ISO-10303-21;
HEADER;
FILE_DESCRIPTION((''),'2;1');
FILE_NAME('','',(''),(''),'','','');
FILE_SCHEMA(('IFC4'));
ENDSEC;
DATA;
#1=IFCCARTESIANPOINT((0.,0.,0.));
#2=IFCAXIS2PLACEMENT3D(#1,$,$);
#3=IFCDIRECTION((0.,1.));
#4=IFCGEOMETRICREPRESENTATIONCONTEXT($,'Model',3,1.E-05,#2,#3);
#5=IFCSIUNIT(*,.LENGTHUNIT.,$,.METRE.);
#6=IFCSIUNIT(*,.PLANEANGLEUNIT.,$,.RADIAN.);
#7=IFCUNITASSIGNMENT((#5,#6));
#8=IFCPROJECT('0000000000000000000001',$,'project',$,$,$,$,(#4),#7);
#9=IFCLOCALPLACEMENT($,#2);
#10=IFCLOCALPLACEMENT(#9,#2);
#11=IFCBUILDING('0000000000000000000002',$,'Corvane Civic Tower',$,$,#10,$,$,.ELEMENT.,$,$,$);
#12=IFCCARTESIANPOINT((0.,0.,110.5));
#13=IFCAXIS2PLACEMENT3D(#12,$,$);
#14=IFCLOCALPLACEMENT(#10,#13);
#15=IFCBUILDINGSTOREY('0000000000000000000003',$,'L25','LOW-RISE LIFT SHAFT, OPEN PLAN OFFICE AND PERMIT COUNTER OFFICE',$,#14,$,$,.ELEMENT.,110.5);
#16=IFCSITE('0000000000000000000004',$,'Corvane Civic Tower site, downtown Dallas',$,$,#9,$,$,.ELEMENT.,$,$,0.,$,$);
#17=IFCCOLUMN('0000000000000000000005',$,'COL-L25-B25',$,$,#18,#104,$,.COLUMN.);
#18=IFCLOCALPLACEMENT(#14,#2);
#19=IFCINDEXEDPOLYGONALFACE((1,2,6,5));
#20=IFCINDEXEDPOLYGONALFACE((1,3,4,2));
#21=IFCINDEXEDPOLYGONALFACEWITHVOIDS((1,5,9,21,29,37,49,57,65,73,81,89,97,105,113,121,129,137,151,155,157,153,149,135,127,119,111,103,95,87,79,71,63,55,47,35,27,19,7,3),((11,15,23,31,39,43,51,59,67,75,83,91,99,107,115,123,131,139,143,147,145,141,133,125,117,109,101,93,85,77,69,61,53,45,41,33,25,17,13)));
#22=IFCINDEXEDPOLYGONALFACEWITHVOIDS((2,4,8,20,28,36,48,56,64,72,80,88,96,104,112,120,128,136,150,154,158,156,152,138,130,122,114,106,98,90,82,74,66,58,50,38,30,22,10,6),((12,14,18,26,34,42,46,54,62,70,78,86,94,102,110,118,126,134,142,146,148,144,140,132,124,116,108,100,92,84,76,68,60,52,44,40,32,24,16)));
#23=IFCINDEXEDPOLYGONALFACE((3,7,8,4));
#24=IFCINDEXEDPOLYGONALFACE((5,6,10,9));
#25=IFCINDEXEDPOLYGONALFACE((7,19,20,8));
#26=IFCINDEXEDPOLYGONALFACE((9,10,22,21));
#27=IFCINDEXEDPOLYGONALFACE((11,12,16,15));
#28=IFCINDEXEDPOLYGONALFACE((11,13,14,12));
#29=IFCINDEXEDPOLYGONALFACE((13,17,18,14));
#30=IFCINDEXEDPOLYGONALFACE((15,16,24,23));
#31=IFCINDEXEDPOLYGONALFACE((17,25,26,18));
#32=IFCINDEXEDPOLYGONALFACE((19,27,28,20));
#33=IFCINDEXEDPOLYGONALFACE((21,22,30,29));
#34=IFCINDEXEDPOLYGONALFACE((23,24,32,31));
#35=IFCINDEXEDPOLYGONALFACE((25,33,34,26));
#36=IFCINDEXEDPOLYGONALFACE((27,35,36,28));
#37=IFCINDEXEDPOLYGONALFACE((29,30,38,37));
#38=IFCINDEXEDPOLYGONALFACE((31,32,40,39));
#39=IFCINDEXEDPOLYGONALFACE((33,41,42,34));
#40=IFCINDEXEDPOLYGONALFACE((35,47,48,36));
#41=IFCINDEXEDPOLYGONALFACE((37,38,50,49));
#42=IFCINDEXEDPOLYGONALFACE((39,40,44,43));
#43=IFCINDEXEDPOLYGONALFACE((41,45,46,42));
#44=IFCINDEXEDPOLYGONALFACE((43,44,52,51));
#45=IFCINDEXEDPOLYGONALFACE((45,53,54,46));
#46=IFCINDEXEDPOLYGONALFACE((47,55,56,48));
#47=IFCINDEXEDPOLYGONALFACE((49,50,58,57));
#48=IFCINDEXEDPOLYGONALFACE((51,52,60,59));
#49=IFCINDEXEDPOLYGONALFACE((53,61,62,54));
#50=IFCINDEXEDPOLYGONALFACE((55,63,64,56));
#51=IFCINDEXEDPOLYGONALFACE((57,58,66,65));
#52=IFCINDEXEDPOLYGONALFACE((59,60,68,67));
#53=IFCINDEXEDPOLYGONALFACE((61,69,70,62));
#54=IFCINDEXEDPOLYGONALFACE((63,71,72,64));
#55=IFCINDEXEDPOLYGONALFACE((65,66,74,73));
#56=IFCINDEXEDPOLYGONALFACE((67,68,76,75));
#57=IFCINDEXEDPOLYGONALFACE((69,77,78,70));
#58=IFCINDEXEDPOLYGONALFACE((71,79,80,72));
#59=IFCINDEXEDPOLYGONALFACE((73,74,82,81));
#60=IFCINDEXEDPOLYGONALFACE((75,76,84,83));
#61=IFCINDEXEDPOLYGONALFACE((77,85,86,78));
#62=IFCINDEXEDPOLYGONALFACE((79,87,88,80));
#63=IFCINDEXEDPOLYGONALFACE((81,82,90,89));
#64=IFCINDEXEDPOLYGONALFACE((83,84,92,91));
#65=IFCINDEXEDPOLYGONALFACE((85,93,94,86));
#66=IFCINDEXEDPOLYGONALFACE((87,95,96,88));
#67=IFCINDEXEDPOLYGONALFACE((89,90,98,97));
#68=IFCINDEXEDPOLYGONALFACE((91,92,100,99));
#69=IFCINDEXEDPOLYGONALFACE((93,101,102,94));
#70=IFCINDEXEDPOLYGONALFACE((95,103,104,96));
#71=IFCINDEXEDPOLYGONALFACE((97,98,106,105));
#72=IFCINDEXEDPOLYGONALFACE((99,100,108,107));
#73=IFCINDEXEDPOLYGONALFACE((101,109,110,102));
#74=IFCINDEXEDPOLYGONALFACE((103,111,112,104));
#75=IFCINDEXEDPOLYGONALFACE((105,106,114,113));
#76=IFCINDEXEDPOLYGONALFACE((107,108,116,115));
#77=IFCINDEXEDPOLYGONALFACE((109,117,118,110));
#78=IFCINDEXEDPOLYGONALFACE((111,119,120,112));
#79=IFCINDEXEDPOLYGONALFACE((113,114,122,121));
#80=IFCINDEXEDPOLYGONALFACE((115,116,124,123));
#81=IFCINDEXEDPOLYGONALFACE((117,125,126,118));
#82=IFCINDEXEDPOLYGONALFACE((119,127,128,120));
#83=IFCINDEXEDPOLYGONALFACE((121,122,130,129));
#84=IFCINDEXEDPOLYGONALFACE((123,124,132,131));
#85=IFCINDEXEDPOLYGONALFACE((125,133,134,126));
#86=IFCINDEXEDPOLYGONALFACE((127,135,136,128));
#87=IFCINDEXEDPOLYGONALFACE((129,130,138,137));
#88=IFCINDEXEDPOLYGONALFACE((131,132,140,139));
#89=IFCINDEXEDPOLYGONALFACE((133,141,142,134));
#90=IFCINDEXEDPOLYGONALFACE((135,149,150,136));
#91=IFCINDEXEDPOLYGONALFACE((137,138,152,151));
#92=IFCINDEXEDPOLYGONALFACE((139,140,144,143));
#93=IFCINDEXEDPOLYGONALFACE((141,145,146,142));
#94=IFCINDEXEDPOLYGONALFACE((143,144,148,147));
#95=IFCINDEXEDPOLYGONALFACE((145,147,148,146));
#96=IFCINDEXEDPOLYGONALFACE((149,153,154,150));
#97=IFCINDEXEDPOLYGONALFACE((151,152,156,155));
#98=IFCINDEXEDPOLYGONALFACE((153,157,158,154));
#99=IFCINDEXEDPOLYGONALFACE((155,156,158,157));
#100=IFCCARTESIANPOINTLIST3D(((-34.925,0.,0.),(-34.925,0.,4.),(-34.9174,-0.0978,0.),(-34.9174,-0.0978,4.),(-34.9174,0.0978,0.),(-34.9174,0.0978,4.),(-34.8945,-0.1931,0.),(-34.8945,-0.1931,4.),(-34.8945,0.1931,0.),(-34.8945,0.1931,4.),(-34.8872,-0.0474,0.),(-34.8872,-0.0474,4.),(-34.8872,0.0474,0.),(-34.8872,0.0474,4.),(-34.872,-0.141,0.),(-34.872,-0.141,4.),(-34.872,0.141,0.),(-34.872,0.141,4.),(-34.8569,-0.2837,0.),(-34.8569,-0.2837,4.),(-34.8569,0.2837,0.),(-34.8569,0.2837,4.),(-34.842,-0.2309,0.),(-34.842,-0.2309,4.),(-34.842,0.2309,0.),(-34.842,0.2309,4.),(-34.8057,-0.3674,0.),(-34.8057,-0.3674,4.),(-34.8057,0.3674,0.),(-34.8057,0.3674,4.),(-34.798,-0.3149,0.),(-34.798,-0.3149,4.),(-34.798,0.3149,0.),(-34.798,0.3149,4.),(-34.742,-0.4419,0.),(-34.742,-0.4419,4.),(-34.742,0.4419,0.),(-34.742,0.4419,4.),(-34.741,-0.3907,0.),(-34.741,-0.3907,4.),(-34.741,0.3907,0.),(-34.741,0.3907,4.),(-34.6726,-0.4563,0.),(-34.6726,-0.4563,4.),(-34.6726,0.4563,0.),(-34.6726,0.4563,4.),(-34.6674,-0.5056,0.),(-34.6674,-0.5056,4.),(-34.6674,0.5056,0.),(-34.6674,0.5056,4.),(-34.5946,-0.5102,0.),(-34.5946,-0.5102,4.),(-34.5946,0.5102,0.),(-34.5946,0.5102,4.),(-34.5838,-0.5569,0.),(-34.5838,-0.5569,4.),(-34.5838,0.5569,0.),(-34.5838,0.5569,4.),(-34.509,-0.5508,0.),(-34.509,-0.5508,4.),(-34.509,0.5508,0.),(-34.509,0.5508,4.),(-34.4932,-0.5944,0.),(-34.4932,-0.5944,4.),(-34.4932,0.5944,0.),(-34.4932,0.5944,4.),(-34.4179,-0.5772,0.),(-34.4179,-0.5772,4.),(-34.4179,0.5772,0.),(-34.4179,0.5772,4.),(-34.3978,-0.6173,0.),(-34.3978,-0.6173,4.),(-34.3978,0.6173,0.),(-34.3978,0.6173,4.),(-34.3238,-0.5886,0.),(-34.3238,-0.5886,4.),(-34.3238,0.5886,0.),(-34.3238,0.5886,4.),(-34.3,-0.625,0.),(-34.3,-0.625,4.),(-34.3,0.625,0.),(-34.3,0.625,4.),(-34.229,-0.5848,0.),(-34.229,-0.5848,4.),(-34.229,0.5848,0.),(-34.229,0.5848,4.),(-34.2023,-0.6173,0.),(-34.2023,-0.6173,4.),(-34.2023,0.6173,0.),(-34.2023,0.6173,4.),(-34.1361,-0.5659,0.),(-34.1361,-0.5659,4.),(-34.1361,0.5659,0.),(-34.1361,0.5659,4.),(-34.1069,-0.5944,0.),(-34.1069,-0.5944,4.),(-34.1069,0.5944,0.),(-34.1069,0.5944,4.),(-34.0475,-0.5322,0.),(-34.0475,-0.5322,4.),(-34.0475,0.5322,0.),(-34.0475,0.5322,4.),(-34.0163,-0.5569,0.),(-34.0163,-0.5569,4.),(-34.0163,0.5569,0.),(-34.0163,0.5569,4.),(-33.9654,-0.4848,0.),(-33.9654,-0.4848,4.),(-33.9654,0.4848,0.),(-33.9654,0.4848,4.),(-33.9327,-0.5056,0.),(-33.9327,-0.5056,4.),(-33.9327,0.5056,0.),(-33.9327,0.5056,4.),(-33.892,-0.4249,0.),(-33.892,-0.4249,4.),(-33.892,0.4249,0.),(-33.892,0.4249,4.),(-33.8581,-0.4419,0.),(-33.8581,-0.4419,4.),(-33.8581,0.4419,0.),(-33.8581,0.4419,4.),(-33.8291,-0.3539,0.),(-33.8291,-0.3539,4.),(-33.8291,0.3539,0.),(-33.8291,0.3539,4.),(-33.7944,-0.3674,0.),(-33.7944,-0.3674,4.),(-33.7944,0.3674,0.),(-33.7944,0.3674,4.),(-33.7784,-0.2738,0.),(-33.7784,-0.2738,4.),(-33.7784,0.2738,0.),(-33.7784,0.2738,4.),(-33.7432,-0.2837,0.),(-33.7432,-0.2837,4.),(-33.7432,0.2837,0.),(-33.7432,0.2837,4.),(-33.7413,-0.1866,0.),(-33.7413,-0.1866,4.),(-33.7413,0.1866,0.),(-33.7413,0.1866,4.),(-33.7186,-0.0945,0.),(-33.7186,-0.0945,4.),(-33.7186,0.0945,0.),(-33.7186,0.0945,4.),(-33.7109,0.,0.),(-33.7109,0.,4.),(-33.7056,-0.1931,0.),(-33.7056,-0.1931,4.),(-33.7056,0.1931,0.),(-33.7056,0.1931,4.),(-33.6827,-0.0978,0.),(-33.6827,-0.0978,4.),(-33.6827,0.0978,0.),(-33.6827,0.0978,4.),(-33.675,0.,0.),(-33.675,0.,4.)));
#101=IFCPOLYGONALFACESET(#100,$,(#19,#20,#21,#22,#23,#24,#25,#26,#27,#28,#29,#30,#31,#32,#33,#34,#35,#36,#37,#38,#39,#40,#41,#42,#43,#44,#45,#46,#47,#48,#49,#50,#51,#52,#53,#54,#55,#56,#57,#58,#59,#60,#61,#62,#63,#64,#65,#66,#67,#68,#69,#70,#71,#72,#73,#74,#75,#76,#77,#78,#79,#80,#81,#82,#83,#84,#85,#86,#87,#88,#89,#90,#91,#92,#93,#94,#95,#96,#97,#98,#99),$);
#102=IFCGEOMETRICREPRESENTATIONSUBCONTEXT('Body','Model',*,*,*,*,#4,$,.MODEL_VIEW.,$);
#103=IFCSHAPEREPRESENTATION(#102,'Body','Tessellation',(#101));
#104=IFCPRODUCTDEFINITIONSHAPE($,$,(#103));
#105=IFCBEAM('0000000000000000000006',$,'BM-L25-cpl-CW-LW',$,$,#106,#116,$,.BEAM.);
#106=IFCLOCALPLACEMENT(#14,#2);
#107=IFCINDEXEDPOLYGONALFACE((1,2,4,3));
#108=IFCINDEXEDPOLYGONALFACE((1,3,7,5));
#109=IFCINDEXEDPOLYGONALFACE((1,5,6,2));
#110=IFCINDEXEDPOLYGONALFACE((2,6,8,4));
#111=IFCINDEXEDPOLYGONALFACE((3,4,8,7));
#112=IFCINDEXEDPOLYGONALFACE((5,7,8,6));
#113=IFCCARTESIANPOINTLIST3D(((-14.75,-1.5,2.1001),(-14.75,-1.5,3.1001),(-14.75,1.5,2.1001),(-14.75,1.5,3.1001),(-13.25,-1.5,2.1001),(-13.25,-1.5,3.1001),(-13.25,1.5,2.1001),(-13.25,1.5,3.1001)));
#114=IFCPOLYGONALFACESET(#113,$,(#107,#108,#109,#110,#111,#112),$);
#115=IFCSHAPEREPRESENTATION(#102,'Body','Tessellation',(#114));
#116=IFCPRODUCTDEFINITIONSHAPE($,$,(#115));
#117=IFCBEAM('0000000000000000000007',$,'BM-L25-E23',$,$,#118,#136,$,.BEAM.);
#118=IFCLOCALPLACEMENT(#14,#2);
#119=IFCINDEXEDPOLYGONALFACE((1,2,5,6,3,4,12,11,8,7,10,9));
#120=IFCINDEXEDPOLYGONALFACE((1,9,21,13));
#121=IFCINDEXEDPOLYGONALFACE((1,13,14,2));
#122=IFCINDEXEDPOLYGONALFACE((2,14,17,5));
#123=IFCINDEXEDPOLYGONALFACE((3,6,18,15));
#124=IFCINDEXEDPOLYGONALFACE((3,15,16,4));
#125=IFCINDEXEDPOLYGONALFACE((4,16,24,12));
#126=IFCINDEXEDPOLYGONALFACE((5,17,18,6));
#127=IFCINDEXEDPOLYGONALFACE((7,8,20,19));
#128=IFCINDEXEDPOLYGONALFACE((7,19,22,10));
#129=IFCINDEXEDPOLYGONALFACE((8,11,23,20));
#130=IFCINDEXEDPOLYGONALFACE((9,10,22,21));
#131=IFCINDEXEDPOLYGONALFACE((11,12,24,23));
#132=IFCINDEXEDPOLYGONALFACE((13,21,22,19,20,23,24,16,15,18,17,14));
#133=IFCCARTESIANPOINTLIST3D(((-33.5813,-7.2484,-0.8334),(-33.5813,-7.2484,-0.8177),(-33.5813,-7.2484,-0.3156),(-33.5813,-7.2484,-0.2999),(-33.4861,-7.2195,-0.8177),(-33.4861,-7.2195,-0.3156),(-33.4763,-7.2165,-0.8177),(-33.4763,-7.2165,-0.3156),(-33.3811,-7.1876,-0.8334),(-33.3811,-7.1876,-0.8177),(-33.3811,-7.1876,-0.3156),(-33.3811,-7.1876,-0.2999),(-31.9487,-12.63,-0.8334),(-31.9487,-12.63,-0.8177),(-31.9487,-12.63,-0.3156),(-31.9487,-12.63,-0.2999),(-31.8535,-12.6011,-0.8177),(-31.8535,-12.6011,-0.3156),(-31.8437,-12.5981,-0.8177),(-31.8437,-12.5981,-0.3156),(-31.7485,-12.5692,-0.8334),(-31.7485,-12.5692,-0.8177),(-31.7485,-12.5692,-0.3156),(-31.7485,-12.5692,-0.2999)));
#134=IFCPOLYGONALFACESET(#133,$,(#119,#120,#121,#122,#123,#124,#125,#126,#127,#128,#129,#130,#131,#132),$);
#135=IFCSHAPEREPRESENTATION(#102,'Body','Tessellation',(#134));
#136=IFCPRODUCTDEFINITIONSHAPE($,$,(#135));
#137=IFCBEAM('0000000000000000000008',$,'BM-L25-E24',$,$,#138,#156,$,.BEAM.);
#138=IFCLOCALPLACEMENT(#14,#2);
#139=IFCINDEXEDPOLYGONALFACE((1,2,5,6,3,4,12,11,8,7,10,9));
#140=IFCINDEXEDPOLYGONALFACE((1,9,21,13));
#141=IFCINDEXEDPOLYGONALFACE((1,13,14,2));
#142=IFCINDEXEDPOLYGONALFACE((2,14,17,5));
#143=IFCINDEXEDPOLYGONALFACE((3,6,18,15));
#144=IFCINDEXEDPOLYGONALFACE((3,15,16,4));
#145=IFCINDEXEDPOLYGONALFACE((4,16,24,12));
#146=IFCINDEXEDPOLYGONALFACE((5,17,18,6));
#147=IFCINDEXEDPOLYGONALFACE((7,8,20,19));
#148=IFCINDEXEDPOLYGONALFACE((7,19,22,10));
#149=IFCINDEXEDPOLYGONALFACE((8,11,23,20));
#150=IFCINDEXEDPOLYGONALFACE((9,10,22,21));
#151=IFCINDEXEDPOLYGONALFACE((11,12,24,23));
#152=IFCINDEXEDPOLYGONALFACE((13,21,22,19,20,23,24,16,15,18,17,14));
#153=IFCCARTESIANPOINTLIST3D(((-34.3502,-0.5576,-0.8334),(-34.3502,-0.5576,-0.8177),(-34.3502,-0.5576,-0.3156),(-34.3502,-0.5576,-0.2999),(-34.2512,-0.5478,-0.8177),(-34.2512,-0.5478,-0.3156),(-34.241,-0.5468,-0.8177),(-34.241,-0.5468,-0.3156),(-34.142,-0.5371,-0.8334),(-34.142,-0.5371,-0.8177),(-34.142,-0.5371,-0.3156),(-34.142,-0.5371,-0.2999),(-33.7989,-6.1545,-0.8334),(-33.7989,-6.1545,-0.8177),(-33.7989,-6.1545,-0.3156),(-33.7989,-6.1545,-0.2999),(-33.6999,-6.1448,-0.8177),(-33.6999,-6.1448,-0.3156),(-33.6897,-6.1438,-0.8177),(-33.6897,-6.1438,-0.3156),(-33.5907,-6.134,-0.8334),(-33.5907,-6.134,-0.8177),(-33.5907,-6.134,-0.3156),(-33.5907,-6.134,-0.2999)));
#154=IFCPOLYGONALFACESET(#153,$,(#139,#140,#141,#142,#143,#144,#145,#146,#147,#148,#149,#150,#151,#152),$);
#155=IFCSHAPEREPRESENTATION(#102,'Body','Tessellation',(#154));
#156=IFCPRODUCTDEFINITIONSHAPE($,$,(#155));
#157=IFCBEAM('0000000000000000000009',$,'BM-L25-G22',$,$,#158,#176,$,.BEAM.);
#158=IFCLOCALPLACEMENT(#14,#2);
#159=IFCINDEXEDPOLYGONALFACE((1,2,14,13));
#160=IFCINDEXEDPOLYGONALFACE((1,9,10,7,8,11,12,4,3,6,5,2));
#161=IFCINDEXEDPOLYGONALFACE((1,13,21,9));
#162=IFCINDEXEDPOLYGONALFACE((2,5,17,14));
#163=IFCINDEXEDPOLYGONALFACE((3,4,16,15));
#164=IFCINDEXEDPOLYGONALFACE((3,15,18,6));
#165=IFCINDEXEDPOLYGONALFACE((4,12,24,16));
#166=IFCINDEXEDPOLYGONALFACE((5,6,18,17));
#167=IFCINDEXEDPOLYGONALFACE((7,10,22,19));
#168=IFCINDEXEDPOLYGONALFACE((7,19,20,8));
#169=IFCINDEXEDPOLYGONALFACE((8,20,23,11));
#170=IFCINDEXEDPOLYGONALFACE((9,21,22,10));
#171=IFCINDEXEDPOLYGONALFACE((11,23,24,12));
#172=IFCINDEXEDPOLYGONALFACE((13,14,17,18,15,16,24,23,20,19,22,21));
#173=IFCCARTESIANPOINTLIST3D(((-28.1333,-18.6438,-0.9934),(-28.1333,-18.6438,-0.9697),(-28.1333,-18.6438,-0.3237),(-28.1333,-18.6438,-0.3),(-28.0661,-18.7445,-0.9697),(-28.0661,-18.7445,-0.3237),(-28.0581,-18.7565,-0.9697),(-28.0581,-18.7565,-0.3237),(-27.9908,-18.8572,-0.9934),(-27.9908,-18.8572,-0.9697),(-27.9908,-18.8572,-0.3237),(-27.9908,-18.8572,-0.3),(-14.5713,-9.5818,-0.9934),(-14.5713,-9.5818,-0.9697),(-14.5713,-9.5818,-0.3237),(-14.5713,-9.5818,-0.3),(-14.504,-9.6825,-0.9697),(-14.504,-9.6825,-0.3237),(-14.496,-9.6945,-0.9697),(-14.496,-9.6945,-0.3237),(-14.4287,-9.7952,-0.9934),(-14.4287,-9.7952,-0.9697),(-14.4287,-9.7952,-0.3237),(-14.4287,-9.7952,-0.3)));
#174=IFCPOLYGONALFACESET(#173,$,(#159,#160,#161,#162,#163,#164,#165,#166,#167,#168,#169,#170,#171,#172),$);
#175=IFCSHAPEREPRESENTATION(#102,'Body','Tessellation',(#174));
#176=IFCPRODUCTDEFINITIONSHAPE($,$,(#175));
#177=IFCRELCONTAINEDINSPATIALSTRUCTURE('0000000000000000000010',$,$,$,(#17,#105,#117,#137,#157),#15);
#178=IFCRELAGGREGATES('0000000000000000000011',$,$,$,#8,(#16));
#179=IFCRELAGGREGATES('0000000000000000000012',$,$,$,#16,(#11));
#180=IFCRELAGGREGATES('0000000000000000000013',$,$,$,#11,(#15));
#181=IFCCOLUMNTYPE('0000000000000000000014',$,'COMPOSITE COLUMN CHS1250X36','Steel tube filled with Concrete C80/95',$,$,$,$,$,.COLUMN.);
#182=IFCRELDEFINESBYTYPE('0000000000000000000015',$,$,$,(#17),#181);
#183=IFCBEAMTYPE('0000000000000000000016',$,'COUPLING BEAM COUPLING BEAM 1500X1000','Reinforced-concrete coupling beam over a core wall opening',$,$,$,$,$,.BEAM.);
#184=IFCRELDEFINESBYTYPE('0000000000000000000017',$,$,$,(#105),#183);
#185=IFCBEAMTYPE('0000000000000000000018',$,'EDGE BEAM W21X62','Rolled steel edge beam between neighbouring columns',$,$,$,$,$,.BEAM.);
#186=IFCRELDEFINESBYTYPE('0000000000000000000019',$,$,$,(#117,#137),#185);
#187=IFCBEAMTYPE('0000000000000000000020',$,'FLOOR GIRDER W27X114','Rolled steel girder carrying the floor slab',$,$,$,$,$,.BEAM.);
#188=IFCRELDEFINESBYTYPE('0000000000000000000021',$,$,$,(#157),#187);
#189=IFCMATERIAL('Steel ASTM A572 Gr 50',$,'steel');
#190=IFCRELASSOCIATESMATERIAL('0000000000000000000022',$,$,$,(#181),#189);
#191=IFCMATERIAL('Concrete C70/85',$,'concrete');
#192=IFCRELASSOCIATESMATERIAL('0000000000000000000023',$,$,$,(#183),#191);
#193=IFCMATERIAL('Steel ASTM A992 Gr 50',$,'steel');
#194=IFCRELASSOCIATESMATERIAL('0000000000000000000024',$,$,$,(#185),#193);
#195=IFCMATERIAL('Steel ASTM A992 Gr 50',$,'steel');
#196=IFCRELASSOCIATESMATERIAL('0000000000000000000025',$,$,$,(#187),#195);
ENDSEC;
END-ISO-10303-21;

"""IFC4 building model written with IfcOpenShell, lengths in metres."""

from ifc_helpers import new_model, si_unit, direction, frame, origin, origin_2d, place, context, subcontext, project, spatial, rectangle, hollow_circle, i_section, extrude, material, material_profile, profile_set, type_object, element, save


model = new_model("IFC4")

# Units and contexts
model_context = context("Model", 3, precision=1e-05, world=origin(), true_north=direction((0.0, 1.0)))
body_context = subcontext(model_context, "Body", "Model", "MODEL_VIEW")
ifc_project = project(units=[si_unit("LENGTHUNIT", "METRE"), si_unit("PLANEANGLEUNIT", "RADIAN")], contexts=[model_context])

# Site, building, storey
site_placement = place(None, origin())
site = spatial("IfcSite", under=ifc_project, at=site_placement, Name="Corvane Civic Tower site, downtown Dallas", CompositionType="ELEMENT", RefElevation=0.0)
building_placement = place(site_placement, origin())
building = spatial("IfcBuilding", under=site, at=building_placement, Name="Corvane Civic Tower", CompositionType="ELEMENT")
storey_placement = place(building_placement, frame((0.0, 0.0, 110.5)))
storey = spatial("IfcBuildingStorey", under=building, at=storey_placement, Name="L25", Description="LOW-RISE LIFT SHAFT, OPEN PLAN OFFICE AND PERMIT COUNTER OFFICE", CompositionType="ELEMENT", Elevation=110.5)

# Column
ifc_material_1 = material(Name="Steel ASTM A572 Gr 50", Category="steel")
ifc_material_profile_1 = material_profile(ifc_material_1, hollow_circle(Radius=0.625, WallThickness=0.0359, at=origin_2d()), Name="CHS1250X36")
ifc_profile_set_1 = profile_set([ifc_material_profile_1], Name="Steel ASTM A572 Gr 50")
column_type = type_object("IfcColumnType", Name="COMPOSITE COLUMN CHS1250X36", Description="Steel tube filled with Concrete C80/95", PredefinedType="COLUMN", material=ifc_profile_set_1)
for number, where, z_axis, x_axis, name in (
    (1, (-34.3, 0.0, 0.0), (0.0, 0.0, 1.0), (1.0, 0.0, 0.0), "COL-L25-B25"),
):
    element("IfcColumn", number, at=place(storey_placement, frame(where, z_axis=z_axis, x_axis=x_axis)), inside=storey, type_object=column_type, Name=name, PredefinedType="COLUMN", context=body_context, shape_type="SweptSolid", body=[
        extrude(hollow_circle(Radius=0.625, WallThickness=0.0359, at=origin_2d()), origin(), (0.0, 0.0, 1.0), 4.0),
    ])

# Beams
ifc_material_2 = material(Name="Concrete C70/85", Category="concrete")
ifc_material_profile_2 = material_profile(ifc_material_2, rectangle(XDim=1.5, YDim=1.0, at=origin_2d()), Name="COUPLING BEAM 1500X1000")
ifc_profile_set_2 = profile_set([ifc_material_profile_2], Name="Concrete C70/85")
beam_type_1 = type_object("IfcBeamType", Name="COUPLING BEAM COUPLING BEAM 1500X1000", Description="Reinforced-concrete coupling beam over a core wall opening", PredefinedType="BEAM", material=ifc_profile_set_2)
beam_1_placement = place(storey_placement, frame((-14.0, -1.5, 2.6001), z_axis=(0.0, 1.0, 0.0), x_axis=(-1.0, 0.0, 0.0)))
element("IfcBeam", 2, at=beam_1_placement, inside=storey, type_object=beam_type_1, Name="BM-L25-cpl-CW-LW", PredefinedType="BEAM", context=body_context, shape_type="SweptSolid", body=[
    extrude(rectangle(XDim=1.5, YDim=1.0, at=origin_2d()), origin(), (0.0, 0.0, 1.0), 3.0),
])
ifc_material_3 = material(Name="Steel ASTM A992 Gr 50", Category="steel")
ifc_material_profile_3 = material_profile(ifc_material_3, i_section(OverallWidth=0.2092, OverallDepth=0.5334, WebThickness=0.0103, FlangeThickness=0.0156, at=origin_2d()), Name="W21X62")
ifc_profile_set_3 = profile_set([ifc_material_profile_3], Name="Steel ASTM A992 Gr 50")
beam_type_2 = type_object("IfcBeamType", Name="EDGE BEAM W21X62", Description="Rolled steel edge beam between neighbouring columns", PredefinedType="BEAM", material=ifc_profile_set_3)
beam_2_placement = place(storey_placement, frame((-31.8486, -12.5996, -0.5667), z_axis=(-0.290298, 0.956936, 0.0), x_axis=(-0.956936, -0.290298, 0.0)))
element("IfcBeam", 3, at=beam_2_placement, inside=storey, type_object=beam_type_2, Name="BM-L25-E23", PredefinedType="BEAM", context=body_context, shape_type="SweptSolid", body=[
    extrude(i_section(OverallWidth=0.2092, OverallDepth=0.5334, WebThickness=0.0103, FlangeThickness=0.0156, at=origin_2d()), origin(), (0.0, 0.0, 1.0), 5.6238),
])
beam_3_placement = place(storey_placement, frame((-33.6948, -6.1443, -0.5667), z_axis=(-0.098021, 0.995184, 0.0), x_axis=(-0.995184, -0.098021, 0.0)))
element("IfcBeam", 4, at=beam_3_placement, inside=storey, type_object=beam_type_2, Name="BM-L25-E24", PredefinedType="BEAM", context=body_context, shape_type="SweptSolid", body=[
    extrude(i_section(OverallWidth=0.2092, OverallDepth=0.5334, WebThickness=0.0103, FlangeThickness=0.0156, at=origin_2d()), origin(), (0.0, 0.0, 1.0), 5.624),
])
ifc_material_4 = material(Name="Steel ASTM A992 Gr 50", Category="steel")
ifc_material_profile_4 = material_profile(ifc_material_4, i_section(OverallWidth=0.2566, OverallDepth=0.6934, WebThickness=0.0144, FlangeThickness=0.0237, at=origin_2d()), Name="W27X114")
ifc_profile_set_4 = profile_set([ifc_material_profile_4], Name="Steel ASTM A992 Gr 50")
beam_type_3 = type_object("IfcBeamType", Name="FLOOR GIRDER W27X114", Description="Rolled steel girder carrying the floor slab", PredefinedType="BEAM", material=ifc_profile_set_4)
beam_4_placement = place(storey_placement, frame((-14.5, -9.6885, -0.6467), z_axis=(-0.831465, -0.555577, 0.0), x_axis=(0.555577, -0.831465, 0.0)))
element("IfcBeam", 5, at=beam_4_placement, inside=storey, type_object=beam_type_3, Name="BM-L25-G22", PredefinedType="BEAM", context=body_context, shape_type="SweptSolid", body=[
    extrude(i_section(OverallWidth=0.2566, OverallDepth=0.6934, WebThickness=0.0144, FlangeThickness=0.0237, at=origin_2d()), origin(), (0.0, 0.0, 1.0), 16.311),
])

save(model, "model.ifc")
